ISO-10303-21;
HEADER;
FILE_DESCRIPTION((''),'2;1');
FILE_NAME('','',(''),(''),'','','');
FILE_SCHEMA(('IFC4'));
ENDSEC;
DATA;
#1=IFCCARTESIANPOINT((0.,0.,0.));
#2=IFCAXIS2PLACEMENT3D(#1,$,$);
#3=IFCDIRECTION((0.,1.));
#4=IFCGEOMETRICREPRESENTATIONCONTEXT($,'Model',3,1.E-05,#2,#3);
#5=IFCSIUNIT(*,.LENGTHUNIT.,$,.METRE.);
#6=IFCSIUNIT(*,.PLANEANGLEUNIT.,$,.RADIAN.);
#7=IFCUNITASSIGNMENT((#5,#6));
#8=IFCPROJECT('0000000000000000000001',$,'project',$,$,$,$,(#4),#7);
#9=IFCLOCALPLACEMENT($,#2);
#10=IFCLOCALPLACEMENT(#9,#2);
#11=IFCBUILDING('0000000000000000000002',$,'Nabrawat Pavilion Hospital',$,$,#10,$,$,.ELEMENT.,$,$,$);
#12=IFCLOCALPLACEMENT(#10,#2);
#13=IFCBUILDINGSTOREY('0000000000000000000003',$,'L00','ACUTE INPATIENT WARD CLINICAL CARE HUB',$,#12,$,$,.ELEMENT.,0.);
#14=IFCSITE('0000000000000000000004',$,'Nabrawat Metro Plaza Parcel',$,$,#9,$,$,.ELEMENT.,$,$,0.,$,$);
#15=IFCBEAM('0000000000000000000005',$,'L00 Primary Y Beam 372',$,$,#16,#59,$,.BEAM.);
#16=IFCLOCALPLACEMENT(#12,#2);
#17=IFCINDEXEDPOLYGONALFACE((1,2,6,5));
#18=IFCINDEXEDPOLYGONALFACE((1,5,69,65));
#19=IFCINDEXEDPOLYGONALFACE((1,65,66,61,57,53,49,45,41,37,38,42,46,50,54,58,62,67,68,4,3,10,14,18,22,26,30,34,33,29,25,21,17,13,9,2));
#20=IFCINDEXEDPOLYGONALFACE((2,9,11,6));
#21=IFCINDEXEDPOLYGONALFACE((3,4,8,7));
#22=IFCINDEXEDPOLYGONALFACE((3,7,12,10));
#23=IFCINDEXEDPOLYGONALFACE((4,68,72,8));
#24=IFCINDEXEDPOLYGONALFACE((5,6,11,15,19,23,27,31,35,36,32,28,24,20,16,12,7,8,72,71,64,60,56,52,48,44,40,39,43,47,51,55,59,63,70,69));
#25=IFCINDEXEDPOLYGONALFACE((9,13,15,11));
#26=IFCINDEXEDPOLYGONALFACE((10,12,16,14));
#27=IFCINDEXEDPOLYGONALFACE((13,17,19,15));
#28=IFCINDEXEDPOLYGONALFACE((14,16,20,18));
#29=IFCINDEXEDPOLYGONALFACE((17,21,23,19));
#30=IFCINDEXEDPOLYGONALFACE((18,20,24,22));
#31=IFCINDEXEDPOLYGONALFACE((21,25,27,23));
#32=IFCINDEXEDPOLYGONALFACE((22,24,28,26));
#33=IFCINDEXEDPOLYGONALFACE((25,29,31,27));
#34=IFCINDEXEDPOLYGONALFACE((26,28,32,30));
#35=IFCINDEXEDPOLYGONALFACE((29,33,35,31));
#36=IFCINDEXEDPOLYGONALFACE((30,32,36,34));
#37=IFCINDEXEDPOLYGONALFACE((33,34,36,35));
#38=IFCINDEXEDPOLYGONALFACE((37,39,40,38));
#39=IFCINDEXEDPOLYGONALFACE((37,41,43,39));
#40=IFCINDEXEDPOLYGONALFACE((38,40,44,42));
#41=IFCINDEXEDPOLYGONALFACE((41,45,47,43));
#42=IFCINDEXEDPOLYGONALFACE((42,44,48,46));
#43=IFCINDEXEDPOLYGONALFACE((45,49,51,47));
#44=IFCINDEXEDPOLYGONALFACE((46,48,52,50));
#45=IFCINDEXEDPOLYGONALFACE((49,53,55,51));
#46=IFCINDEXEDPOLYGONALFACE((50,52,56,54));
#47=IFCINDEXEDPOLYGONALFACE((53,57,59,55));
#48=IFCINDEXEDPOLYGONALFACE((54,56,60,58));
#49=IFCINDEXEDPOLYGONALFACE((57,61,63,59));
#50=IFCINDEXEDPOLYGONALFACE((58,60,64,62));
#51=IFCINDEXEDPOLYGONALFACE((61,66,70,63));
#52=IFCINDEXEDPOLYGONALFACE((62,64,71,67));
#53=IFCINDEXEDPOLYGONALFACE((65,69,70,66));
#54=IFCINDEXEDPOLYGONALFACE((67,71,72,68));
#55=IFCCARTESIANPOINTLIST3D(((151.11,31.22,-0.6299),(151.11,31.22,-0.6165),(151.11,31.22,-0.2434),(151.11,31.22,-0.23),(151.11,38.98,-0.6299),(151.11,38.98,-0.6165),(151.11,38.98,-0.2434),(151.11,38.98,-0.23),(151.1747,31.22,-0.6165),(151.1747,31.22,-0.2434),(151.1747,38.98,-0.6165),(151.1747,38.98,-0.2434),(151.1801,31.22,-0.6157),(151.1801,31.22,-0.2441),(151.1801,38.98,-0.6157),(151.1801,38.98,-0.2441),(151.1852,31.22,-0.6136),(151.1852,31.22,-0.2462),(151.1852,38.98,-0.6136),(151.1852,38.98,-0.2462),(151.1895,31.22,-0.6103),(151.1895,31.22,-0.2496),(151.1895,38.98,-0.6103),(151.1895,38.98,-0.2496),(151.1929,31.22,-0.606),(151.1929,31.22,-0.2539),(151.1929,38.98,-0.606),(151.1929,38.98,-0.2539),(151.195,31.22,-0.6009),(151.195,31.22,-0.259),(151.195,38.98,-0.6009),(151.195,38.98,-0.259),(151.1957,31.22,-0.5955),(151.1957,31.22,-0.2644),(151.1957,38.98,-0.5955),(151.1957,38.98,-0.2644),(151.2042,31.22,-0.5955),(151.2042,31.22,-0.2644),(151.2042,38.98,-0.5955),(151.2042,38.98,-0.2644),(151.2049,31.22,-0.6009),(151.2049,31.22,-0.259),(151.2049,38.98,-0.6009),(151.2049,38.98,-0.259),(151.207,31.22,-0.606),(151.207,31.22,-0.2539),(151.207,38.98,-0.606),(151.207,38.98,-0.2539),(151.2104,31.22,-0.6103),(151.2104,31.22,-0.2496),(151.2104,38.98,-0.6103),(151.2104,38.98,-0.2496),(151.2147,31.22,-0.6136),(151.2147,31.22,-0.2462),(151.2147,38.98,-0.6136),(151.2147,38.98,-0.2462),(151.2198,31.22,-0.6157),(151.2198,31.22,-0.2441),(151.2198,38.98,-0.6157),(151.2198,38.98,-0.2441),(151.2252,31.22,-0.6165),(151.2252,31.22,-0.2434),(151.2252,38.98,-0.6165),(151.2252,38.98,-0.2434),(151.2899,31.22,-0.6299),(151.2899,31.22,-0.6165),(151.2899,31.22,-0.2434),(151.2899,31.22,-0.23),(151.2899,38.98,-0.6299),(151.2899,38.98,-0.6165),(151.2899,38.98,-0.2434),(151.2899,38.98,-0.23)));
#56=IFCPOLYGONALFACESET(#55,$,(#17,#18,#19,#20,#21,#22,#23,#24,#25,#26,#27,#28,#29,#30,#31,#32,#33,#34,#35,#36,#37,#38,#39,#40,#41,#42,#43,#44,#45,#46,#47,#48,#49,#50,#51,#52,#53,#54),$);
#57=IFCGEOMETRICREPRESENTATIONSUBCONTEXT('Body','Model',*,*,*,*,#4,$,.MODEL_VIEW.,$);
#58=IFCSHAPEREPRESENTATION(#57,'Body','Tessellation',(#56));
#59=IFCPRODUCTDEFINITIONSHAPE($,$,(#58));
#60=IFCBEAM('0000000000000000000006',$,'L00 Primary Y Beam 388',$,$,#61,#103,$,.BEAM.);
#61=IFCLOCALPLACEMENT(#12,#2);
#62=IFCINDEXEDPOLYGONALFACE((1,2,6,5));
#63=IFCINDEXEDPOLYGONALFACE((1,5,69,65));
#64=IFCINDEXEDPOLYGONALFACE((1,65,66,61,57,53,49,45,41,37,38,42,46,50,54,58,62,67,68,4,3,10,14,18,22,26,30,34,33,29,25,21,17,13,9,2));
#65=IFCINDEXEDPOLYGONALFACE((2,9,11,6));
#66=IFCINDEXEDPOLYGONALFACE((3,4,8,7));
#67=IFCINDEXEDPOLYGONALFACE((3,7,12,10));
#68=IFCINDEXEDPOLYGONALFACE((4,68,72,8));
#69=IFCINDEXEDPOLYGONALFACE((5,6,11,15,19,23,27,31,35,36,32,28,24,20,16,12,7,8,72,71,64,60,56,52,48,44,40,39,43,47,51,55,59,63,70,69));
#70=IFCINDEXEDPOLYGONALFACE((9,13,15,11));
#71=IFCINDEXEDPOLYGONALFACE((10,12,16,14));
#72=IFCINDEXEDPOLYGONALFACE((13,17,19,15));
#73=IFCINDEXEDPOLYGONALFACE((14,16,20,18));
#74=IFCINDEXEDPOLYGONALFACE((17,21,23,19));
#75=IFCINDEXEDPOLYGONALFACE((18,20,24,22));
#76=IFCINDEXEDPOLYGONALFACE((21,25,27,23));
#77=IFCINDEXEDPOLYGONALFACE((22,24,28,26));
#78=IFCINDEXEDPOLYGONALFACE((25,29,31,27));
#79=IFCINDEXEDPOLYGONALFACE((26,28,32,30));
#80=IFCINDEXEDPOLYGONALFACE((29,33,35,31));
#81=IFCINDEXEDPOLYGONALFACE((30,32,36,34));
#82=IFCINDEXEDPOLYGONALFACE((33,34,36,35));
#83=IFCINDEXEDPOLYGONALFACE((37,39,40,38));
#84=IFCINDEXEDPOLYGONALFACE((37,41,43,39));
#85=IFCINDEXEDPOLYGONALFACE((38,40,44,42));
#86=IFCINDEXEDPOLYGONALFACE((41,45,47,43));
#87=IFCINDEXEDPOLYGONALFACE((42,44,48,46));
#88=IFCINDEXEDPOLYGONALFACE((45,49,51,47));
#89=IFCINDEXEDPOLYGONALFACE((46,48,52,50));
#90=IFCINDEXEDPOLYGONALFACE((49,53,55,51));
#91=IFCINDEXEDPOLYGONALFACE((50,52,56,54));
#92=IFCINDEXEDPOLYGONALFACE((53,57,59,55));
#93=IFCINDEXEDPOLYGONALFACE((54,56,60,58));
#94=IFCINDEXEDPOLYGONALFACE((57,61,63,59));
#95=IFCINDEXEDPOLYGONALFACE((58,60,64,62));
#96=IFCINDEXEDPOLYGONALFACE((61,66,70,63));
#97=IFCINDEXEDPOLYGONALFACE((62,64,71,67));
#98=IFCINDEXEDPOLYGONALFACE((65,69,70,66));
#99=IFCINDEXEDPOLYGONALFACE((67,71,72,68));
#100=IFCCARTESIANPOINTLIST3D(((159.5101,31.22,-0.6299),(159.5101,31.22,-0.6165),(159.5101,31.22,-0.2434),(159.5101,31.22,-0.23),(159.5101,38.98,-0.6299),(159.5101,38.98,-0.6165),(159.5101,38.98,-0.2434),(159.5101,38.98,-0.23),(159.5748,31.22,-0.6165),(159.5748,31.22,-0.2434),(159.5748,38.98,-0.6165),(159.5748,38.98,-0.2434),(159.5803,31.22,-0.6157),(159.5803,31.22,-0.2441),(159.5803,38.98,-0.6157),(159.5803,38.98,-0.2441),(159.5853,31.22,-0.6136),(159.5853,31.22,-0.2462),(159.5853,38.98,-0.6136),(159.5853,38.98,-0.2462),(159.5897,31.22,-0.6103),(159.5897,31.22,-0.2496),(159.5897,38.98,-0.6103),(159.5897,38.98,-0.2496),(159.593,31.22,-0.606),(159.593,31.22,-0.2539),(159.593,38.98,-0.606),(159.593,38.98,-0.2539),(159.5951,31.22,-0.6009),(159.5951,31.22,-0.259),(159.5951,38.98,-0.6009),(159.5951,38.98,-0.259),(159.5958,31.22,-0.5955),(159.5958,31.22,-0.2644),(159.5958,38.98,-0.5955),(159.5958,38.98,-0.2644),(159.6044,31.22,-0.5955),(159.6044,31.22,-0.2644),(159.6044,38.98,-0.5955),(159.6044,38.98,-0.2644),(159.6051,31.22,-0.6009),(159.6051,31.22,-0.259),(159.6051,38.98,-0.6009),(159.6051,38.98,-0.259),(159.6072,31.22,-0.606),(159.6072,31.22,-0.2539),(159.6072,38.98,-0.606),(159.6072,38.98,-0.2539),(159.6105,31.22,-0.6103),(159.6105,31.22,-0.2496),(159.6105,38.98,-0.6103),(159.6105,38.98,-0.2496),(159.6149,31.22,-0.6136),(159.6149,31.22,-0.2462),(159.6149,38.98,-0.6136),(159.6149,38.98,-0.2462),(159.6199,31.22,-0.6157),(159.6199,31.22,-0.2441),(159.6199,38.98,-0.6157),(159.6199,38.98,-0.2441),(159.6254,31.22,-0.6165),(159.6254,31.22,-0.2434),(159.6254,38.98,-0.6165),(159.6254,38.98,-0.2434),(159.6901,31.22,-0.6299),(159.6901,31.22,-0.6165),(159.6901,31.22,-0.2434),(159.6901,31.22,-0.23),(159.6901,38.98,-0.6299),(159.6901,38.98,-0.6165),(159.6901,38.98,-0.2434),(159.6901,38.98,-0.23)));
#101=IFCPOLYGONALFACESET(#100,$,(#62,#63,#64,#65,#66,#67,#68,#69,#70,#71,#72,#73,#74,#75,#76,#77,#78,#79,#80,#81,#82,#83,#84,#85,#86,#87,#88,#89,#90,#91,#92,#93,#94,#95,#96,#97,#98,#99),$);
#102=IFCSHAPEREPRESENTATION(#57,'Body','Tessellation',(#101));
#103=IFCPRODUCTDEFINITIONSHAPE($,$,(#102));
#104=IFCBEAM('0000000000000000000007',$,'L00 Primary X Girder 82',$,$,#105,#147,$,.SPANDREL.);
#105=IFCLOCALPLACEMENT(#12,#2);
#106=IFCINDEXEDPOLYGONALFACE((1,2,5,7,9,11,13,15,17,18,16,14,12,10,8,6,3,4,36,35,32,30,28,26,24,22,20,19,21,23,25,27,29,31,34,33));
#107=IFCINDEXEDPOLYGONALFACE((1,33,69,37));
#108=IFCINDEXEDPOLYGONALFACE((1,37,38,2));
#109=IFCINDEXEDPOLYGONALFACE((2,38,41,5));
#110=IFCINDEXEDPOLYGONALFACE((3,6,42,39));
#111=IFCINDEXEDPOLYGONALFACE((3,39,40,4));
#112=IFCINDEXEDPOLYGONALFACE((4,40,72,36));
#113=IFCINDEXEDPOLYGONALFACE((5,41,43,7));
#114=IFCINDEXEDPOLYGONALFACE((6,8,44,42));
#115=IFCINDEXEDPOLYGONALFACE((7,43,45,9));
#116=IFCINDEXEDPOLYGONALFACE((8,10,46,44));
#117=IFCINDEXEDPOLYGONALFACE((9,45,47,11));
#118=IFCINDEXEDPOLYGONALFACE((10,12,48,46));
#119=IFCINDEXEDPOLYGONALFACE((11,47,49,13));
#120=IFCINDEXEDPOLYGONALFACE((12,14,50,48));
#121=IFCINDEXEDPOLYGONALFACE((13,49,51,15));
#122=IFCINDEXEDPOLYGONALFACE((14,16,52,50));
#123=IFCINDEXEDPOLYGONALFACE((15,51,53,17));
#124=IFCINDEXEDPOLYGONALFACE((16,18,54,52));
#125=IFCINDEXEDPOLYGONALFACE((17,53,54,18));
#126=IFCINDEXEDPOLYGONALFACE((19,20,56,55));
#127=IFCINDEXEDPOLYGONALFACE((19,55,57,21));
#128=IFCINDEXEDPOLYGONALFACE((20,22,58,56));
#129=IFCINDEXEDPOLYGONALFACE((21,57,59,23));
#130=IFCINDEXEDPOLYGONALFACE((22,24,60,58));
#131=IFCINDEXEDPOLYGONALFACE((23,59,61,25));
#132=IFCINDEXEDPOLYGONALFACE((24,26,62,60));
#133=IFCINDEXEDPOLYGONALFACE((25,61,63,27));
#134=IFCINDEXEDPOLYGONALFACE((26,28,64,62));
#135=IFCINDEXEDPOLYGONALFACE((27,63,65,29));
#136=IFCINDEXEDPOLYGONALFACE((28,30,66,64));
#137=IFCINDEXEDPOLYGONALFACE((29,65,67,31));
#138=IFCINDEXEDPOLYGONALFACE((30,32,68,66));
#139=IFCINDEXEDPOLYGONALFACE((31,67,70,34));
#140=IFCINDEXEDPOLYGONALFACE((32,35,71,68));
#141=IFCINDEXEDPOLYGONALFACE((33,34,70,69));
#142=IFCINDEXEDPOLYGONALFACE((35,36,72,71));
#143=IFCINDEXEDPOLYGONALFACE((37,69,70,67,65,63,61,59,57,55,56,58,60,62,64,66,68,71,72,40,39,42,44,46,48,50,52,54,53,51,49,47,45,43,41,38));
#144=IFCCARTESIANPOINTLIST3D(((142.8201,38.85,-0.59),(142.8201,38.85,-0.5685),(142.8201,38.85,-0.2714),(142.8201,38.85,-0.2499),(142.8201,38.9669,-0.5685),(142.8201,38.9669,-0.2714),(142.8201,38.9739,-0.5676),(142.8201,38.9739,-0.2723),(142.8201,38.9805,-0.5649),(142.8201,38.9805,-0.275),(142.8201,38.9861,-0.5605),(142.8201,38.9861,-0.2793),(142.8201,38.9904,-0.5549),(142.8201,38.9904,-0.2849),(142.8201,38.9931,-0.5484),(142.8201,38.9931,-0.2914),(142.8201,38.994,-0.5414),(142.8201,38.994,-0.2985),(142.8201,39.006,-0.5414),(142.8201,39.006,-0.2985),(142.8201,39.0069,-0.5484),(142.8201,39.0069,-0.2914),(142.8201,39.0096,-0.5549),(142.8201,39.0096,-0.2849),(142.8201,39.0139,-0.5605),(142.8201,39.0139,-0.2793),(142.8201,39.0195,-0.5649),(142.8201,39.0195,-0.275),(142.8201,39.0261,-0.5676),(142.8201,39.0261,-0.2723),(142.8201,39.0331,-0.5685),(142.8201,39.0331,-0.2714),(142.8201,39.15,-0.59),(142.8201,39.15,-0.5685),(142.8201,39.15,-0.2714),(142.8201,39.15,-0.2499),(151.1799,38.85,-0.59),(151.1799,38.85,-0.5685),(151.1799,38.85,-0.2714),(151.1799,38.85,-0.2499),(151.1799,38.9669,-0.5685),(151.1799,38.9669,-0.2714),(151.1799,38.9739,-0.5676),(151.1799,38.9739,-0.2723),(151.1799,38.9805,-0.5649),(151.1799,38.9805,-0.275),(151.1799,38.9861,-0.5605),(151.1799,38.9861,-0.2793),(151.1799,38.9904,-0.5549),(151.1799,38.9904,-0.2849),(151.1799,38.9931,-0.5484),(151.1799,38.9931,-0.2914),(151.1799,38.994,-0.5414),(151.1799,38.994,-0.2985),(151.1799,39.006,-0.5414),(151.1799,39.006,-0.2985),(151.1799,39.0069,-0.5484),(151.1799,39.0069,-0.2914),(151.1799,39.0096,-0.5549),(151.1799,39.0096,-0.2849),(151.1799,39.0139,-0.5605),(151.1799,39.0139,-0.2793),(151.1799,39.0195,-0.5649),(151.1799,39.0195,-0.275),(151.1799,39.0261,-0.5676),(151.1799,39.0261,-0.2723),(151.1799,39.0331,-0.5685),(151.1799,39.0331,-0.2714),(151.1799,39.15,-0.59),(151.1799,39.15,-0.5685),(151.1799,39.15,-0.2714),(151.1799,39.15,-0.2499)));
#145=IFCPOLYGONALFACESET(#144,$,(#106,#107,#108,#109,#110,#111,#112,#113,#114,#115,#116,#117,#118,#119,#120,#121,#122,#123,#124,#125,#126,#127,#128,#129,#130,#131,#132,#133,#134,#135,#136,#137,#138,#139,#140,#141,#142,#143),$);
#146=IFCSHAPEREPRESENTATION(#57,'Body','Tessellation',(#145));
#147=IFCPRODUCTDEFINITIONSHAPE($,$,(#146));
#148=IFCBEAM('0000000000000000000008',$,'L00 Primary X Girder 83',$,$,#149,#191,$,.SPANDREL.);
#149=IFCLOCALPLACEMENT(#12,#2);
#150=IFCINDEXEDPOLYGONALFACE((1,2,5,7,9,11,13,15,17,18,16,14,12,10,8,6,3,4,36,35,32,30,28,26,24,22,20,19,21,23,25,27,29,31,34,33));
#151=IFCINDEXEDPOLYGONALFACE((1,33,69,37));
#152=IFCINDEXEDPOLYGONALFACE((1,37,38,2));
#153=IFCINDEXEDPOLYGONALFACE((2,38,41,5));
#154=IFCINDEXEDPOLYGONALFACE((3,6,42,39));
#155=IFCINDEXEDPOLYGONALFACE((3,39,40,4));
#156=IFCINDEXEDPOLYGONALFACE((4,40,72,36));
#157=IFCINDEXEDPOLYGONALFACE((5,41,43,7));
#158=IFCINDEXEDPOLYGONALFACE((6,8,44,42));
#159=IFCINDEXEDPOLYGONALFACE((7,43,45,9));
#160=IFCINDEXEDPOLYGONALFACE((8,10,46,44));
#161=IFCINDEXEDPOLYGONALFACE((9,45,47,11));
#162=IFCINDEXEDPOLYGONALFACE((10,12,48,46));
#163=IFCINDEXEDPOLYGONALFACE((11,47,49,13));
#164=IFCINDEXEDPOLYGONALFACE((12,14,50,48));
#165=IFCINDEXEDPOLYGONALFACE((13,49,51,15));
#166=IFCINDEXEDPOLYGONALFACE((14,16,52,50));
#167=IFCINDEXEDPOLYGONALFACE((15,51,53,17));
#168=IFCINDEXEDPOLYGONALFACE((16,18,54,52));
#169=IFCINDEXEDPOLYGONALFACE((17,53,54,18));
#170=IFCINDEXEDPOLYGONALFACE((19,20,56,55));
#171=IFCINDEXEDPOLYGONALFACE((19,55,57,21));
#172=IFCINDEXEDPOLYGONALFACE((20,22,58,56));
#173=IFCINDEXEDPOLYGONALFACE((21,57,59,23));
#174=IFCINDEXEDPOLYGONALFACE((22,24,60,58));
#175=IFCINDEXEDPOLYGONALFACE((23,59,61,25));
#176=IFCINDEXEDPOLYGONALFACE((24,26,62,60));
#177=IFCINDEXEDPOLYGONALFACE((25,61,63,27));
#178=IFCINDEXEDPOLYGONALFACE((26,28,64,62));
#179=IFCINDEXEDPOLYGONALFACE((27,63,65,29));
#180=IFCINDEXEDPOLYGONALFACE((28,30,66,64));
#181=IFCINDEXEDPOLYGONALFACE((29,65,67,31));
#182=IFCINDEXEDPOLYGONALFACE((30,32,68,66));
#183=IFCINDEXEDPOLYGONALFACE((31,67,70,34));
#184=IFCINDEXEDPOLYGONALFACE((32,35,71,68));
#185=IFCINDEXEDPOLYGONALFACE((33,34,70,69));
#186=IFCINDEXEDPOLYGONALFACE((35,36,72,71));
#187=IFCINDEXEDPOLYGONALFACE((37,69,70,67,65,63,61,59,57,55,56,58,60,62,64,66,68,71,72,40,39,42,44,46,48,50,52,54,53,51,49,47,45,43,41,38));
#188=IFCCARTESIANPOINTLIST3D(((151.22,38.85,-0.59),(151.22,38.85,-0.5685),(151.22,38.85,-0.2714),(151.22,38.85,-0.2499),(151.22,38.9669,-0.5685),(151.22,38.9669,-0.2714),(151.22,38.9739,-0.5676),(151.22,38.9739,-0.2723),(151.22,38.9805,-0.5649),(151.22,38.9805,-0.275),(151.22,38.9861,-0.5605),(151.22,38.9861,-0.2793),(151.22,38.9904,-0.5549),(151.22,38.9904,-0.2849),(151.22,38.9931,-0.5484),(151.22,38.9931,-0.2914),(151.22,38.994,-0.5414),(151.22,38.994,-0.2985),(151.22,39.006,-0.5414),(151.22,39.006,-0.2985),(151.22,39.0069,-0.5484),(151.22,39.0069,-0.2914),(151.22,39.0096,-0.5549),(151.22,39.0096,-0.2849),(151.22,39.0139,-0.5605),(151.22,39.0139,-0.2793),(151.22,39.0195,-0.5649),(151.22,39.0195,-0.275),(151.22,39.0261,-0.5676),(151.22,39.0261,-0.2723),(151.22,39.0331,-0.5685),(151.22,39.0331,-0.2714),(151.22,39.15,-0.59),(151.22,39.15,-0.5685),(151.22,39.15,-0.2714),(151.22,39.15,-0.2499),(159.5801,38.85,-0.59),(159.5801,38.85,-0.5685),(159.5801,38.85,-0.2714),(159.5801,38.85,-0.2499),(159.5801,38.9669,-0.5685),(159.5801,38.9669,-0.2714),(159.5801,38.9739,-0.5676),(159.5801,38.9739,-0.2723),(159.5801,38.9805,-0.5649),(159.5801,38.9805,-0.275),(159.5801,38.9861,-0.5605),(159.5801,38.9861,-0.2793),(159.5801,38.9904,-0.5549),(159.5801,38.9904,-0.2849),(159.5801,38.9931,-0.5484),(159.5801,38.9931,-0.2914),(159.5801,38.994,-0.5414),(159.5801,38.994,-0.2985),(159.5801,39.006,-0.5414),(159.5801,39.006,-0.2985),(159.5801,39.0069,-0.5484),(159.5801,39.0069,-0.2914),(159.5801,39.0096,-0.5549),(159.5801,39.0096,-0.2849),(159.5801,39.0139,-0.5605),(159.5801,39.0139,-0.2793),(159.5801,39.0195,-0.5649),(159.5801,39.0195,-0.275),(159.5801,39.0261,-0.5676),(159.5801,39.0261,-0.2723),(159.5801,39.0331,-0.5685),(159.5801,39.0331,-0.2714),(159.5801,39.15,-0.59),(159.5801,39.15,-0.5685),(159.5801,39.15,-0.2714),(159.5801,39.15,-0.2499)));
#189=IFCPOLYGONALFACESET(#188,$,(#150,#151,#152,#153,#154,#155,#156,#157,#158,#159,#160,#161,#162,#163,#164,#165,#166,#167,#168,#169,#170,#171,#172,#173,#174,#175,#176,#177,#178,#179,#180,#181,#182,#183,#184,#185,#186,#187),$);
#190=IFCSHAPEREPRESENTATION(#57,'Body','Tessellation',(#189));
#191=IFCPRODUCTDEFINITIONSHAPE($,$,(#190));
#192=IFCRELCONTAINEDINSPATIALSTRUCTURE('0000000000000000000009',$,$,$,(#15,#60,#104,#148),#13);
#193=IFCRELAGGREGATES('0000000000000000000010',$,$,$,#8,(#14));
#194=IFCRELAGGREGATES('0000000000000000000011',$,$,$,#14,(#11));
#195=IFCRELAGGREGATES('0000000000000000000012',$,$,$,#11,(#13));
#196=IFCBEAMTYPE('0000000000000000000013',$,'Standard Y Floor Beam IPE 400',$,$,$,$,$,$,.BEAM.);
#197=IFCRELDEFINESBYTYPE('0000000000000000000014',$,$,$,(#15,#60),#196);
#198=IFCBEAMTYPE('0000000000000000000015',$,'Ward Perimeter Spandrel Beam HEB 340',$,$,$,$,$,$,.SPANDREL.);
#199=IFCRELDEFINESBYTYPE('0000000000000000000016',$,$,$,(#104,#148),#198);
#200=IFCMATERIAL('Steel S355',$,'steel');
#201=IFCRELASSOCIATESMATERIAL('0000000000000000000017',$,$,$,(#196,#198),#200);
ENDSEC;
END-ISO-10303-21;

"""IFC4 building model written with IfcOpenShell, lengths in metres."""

from ifc_helpers import new_model, si_unit, direction, frame, origin, origin_2d, place, context, subcontext, project, spatial, i_section, extrude, material, material_profile, profile_set, type_object, element, save


model = new_model("IFC4")

# Units and contexts
model_context = context("Model", 3, precision=1e-05, world=origin(), true_north=direction((0.0, 1.0)))
body_context = subcontext(model_context, "Body", "Model", "MODEL_VIEW")
ifc_project = project(units=[si_unit("LENGTHUNIT", "METRE"), si_unit("PLANEANGLEUNIT", "RADIAN")], contexts=[model_context])

# Site, building, storey
site_placement = place(None, origin())
site = spatial("IfcSite", under=ifc_project, at=site_placement, Name="Nabrawat Metro Plaza Parcel", CompositionType="ELEMENT", RefElevation=0.0)
building_placement = place(site_placement, origin())
building = spatial("IfcBuilding", under=site, at=building_placement, Name="Nabrawat Pavilion Hospital", CompositionType="ELEMENT")
storey_placement = place(building_placement, origin())
storey = spatial("IfcBuildingStorey", under=building, at=storey_placement, Name="L00", Description="ACUTE INPATIENT WARD CLINICAL CARE HUB", CompositionType="ELEMENT", Elevation=0.0)

# Shared definitions
ifc_material_1 = material(Name="Steel S355", Category="steel")

# Beams
ifc_material_profile_1 = material_profile(ifc_material_1, i_section(OverallWidth=0.1799, OverallDepth=0.3999, WebThickness=0.0085, FlangeThickness=0.0134, FilletRadius=0.021, at=origin_2d()), Name="IPE 400")
ifc_profile_set_1 = profile_set([ifc_material_profile_1], Name="Steel S355")
beam_type_1 = type_object("IfcBeamType", Name="Standard Y Floor Beam IPE 400", PredefinedType="BEAM", material=ifc_profile_set_1)
for number, where, z_axis, x_axis, name in (
    (1, (151.2, 31.22, -0.4299), (0.0, 1.0, 0.0), (-1.0, 0.0, 0.0), "L00 Primary Y Beam 372"),
    (2, (159.6001, 31.22, -0.4299), (0.0, 1.0, 0.0), (-1.0, 0.0, 0.0), "L00 Primary Y Beam 388"),
):
    element("IfcBeam", number, at=place(storey_placement, frame(where, z_axis=z_axis, x_axis=x_axis)), inside=storey, type_object=beam_type_1, Name=name, PredefinedType="BEAM", context=body_context, shape_type="SweptSolid", body=[
        extrude(i_section(OverallWidth=0.1799, OverallDepth=0.3999, WebThickness=0.0085, FlangeThickness=0.0134, FilletRadius=0.021, at=origin_2d()), origin(), (0.0, 0.0, 1.0), 7.76),
    ])
ifc_material_profile_2 = material_profile(ifc_material_1, i_section(OverallWidth=0.3, OverallDepth=0.3401, WebThickness=0.012, FlangeThickness=0.0215, FilletRadius=0.0271, at=origin_2d()), Name="HEB 340")
ifc_profile_set_2 = profile_set([ifc_material_profile_2], Name="Steel S355")
beam_type_2 = type_object("IfcBeamType", Name="Ward Perimeter Spandrel Beam HEB 340", PredefinedType="SPANDREL", material=ifc_profile_set_2)
beam_1_placement = place(storey_placement, frame((142.8201, 39.0, -0.4199), z_axis=(1.0, 0.0, 0.0), x_axis=(0.0, 1.0, 0.0)))
element("IfcBeam", 3, at=beam_1_placement, inside=storey, type_object=beam_type_2, Name="L00 Primary X Girder 82", PredefinedType="SPANDREL", context=body_context, shape_type="SweptSolid", body=[
    extrude(i_section(OverallWidth=0.3, OverallDepth=0.3401, WebThickness=0.012, FlangeThickness=0.0215, FilletRadius=0.0271, at=origin_2d()), origin(), (0.0, 0.0, 1.0), 8.3599),
])
beam_2_placement = place(storey_placement, frame((151.22, 39.0, -0.4199), z_axis=(1.0, 0.0, 0.0), x_axis=(0.0, 1.0, 0.0)))
element("IfcBeam", 4, at=beam_2_placement, inside=storey, type_object=beam_type_2, Name="L00 Primary X Girder 83", PredefinedType="SPANDREL", context=body_context, shape_type="SweptSolid", body=[
    extrude(i_section(OverallWidth=0.3, OverallDepth=0.3401, WebThickness=0.012, FlangeThickness=0.0215, FilletRadius=0.0271, at=origin_2d()), origin(), (0.0, 0.0, 1.0), 8.3601),
])

save(model, "model.ifc")
